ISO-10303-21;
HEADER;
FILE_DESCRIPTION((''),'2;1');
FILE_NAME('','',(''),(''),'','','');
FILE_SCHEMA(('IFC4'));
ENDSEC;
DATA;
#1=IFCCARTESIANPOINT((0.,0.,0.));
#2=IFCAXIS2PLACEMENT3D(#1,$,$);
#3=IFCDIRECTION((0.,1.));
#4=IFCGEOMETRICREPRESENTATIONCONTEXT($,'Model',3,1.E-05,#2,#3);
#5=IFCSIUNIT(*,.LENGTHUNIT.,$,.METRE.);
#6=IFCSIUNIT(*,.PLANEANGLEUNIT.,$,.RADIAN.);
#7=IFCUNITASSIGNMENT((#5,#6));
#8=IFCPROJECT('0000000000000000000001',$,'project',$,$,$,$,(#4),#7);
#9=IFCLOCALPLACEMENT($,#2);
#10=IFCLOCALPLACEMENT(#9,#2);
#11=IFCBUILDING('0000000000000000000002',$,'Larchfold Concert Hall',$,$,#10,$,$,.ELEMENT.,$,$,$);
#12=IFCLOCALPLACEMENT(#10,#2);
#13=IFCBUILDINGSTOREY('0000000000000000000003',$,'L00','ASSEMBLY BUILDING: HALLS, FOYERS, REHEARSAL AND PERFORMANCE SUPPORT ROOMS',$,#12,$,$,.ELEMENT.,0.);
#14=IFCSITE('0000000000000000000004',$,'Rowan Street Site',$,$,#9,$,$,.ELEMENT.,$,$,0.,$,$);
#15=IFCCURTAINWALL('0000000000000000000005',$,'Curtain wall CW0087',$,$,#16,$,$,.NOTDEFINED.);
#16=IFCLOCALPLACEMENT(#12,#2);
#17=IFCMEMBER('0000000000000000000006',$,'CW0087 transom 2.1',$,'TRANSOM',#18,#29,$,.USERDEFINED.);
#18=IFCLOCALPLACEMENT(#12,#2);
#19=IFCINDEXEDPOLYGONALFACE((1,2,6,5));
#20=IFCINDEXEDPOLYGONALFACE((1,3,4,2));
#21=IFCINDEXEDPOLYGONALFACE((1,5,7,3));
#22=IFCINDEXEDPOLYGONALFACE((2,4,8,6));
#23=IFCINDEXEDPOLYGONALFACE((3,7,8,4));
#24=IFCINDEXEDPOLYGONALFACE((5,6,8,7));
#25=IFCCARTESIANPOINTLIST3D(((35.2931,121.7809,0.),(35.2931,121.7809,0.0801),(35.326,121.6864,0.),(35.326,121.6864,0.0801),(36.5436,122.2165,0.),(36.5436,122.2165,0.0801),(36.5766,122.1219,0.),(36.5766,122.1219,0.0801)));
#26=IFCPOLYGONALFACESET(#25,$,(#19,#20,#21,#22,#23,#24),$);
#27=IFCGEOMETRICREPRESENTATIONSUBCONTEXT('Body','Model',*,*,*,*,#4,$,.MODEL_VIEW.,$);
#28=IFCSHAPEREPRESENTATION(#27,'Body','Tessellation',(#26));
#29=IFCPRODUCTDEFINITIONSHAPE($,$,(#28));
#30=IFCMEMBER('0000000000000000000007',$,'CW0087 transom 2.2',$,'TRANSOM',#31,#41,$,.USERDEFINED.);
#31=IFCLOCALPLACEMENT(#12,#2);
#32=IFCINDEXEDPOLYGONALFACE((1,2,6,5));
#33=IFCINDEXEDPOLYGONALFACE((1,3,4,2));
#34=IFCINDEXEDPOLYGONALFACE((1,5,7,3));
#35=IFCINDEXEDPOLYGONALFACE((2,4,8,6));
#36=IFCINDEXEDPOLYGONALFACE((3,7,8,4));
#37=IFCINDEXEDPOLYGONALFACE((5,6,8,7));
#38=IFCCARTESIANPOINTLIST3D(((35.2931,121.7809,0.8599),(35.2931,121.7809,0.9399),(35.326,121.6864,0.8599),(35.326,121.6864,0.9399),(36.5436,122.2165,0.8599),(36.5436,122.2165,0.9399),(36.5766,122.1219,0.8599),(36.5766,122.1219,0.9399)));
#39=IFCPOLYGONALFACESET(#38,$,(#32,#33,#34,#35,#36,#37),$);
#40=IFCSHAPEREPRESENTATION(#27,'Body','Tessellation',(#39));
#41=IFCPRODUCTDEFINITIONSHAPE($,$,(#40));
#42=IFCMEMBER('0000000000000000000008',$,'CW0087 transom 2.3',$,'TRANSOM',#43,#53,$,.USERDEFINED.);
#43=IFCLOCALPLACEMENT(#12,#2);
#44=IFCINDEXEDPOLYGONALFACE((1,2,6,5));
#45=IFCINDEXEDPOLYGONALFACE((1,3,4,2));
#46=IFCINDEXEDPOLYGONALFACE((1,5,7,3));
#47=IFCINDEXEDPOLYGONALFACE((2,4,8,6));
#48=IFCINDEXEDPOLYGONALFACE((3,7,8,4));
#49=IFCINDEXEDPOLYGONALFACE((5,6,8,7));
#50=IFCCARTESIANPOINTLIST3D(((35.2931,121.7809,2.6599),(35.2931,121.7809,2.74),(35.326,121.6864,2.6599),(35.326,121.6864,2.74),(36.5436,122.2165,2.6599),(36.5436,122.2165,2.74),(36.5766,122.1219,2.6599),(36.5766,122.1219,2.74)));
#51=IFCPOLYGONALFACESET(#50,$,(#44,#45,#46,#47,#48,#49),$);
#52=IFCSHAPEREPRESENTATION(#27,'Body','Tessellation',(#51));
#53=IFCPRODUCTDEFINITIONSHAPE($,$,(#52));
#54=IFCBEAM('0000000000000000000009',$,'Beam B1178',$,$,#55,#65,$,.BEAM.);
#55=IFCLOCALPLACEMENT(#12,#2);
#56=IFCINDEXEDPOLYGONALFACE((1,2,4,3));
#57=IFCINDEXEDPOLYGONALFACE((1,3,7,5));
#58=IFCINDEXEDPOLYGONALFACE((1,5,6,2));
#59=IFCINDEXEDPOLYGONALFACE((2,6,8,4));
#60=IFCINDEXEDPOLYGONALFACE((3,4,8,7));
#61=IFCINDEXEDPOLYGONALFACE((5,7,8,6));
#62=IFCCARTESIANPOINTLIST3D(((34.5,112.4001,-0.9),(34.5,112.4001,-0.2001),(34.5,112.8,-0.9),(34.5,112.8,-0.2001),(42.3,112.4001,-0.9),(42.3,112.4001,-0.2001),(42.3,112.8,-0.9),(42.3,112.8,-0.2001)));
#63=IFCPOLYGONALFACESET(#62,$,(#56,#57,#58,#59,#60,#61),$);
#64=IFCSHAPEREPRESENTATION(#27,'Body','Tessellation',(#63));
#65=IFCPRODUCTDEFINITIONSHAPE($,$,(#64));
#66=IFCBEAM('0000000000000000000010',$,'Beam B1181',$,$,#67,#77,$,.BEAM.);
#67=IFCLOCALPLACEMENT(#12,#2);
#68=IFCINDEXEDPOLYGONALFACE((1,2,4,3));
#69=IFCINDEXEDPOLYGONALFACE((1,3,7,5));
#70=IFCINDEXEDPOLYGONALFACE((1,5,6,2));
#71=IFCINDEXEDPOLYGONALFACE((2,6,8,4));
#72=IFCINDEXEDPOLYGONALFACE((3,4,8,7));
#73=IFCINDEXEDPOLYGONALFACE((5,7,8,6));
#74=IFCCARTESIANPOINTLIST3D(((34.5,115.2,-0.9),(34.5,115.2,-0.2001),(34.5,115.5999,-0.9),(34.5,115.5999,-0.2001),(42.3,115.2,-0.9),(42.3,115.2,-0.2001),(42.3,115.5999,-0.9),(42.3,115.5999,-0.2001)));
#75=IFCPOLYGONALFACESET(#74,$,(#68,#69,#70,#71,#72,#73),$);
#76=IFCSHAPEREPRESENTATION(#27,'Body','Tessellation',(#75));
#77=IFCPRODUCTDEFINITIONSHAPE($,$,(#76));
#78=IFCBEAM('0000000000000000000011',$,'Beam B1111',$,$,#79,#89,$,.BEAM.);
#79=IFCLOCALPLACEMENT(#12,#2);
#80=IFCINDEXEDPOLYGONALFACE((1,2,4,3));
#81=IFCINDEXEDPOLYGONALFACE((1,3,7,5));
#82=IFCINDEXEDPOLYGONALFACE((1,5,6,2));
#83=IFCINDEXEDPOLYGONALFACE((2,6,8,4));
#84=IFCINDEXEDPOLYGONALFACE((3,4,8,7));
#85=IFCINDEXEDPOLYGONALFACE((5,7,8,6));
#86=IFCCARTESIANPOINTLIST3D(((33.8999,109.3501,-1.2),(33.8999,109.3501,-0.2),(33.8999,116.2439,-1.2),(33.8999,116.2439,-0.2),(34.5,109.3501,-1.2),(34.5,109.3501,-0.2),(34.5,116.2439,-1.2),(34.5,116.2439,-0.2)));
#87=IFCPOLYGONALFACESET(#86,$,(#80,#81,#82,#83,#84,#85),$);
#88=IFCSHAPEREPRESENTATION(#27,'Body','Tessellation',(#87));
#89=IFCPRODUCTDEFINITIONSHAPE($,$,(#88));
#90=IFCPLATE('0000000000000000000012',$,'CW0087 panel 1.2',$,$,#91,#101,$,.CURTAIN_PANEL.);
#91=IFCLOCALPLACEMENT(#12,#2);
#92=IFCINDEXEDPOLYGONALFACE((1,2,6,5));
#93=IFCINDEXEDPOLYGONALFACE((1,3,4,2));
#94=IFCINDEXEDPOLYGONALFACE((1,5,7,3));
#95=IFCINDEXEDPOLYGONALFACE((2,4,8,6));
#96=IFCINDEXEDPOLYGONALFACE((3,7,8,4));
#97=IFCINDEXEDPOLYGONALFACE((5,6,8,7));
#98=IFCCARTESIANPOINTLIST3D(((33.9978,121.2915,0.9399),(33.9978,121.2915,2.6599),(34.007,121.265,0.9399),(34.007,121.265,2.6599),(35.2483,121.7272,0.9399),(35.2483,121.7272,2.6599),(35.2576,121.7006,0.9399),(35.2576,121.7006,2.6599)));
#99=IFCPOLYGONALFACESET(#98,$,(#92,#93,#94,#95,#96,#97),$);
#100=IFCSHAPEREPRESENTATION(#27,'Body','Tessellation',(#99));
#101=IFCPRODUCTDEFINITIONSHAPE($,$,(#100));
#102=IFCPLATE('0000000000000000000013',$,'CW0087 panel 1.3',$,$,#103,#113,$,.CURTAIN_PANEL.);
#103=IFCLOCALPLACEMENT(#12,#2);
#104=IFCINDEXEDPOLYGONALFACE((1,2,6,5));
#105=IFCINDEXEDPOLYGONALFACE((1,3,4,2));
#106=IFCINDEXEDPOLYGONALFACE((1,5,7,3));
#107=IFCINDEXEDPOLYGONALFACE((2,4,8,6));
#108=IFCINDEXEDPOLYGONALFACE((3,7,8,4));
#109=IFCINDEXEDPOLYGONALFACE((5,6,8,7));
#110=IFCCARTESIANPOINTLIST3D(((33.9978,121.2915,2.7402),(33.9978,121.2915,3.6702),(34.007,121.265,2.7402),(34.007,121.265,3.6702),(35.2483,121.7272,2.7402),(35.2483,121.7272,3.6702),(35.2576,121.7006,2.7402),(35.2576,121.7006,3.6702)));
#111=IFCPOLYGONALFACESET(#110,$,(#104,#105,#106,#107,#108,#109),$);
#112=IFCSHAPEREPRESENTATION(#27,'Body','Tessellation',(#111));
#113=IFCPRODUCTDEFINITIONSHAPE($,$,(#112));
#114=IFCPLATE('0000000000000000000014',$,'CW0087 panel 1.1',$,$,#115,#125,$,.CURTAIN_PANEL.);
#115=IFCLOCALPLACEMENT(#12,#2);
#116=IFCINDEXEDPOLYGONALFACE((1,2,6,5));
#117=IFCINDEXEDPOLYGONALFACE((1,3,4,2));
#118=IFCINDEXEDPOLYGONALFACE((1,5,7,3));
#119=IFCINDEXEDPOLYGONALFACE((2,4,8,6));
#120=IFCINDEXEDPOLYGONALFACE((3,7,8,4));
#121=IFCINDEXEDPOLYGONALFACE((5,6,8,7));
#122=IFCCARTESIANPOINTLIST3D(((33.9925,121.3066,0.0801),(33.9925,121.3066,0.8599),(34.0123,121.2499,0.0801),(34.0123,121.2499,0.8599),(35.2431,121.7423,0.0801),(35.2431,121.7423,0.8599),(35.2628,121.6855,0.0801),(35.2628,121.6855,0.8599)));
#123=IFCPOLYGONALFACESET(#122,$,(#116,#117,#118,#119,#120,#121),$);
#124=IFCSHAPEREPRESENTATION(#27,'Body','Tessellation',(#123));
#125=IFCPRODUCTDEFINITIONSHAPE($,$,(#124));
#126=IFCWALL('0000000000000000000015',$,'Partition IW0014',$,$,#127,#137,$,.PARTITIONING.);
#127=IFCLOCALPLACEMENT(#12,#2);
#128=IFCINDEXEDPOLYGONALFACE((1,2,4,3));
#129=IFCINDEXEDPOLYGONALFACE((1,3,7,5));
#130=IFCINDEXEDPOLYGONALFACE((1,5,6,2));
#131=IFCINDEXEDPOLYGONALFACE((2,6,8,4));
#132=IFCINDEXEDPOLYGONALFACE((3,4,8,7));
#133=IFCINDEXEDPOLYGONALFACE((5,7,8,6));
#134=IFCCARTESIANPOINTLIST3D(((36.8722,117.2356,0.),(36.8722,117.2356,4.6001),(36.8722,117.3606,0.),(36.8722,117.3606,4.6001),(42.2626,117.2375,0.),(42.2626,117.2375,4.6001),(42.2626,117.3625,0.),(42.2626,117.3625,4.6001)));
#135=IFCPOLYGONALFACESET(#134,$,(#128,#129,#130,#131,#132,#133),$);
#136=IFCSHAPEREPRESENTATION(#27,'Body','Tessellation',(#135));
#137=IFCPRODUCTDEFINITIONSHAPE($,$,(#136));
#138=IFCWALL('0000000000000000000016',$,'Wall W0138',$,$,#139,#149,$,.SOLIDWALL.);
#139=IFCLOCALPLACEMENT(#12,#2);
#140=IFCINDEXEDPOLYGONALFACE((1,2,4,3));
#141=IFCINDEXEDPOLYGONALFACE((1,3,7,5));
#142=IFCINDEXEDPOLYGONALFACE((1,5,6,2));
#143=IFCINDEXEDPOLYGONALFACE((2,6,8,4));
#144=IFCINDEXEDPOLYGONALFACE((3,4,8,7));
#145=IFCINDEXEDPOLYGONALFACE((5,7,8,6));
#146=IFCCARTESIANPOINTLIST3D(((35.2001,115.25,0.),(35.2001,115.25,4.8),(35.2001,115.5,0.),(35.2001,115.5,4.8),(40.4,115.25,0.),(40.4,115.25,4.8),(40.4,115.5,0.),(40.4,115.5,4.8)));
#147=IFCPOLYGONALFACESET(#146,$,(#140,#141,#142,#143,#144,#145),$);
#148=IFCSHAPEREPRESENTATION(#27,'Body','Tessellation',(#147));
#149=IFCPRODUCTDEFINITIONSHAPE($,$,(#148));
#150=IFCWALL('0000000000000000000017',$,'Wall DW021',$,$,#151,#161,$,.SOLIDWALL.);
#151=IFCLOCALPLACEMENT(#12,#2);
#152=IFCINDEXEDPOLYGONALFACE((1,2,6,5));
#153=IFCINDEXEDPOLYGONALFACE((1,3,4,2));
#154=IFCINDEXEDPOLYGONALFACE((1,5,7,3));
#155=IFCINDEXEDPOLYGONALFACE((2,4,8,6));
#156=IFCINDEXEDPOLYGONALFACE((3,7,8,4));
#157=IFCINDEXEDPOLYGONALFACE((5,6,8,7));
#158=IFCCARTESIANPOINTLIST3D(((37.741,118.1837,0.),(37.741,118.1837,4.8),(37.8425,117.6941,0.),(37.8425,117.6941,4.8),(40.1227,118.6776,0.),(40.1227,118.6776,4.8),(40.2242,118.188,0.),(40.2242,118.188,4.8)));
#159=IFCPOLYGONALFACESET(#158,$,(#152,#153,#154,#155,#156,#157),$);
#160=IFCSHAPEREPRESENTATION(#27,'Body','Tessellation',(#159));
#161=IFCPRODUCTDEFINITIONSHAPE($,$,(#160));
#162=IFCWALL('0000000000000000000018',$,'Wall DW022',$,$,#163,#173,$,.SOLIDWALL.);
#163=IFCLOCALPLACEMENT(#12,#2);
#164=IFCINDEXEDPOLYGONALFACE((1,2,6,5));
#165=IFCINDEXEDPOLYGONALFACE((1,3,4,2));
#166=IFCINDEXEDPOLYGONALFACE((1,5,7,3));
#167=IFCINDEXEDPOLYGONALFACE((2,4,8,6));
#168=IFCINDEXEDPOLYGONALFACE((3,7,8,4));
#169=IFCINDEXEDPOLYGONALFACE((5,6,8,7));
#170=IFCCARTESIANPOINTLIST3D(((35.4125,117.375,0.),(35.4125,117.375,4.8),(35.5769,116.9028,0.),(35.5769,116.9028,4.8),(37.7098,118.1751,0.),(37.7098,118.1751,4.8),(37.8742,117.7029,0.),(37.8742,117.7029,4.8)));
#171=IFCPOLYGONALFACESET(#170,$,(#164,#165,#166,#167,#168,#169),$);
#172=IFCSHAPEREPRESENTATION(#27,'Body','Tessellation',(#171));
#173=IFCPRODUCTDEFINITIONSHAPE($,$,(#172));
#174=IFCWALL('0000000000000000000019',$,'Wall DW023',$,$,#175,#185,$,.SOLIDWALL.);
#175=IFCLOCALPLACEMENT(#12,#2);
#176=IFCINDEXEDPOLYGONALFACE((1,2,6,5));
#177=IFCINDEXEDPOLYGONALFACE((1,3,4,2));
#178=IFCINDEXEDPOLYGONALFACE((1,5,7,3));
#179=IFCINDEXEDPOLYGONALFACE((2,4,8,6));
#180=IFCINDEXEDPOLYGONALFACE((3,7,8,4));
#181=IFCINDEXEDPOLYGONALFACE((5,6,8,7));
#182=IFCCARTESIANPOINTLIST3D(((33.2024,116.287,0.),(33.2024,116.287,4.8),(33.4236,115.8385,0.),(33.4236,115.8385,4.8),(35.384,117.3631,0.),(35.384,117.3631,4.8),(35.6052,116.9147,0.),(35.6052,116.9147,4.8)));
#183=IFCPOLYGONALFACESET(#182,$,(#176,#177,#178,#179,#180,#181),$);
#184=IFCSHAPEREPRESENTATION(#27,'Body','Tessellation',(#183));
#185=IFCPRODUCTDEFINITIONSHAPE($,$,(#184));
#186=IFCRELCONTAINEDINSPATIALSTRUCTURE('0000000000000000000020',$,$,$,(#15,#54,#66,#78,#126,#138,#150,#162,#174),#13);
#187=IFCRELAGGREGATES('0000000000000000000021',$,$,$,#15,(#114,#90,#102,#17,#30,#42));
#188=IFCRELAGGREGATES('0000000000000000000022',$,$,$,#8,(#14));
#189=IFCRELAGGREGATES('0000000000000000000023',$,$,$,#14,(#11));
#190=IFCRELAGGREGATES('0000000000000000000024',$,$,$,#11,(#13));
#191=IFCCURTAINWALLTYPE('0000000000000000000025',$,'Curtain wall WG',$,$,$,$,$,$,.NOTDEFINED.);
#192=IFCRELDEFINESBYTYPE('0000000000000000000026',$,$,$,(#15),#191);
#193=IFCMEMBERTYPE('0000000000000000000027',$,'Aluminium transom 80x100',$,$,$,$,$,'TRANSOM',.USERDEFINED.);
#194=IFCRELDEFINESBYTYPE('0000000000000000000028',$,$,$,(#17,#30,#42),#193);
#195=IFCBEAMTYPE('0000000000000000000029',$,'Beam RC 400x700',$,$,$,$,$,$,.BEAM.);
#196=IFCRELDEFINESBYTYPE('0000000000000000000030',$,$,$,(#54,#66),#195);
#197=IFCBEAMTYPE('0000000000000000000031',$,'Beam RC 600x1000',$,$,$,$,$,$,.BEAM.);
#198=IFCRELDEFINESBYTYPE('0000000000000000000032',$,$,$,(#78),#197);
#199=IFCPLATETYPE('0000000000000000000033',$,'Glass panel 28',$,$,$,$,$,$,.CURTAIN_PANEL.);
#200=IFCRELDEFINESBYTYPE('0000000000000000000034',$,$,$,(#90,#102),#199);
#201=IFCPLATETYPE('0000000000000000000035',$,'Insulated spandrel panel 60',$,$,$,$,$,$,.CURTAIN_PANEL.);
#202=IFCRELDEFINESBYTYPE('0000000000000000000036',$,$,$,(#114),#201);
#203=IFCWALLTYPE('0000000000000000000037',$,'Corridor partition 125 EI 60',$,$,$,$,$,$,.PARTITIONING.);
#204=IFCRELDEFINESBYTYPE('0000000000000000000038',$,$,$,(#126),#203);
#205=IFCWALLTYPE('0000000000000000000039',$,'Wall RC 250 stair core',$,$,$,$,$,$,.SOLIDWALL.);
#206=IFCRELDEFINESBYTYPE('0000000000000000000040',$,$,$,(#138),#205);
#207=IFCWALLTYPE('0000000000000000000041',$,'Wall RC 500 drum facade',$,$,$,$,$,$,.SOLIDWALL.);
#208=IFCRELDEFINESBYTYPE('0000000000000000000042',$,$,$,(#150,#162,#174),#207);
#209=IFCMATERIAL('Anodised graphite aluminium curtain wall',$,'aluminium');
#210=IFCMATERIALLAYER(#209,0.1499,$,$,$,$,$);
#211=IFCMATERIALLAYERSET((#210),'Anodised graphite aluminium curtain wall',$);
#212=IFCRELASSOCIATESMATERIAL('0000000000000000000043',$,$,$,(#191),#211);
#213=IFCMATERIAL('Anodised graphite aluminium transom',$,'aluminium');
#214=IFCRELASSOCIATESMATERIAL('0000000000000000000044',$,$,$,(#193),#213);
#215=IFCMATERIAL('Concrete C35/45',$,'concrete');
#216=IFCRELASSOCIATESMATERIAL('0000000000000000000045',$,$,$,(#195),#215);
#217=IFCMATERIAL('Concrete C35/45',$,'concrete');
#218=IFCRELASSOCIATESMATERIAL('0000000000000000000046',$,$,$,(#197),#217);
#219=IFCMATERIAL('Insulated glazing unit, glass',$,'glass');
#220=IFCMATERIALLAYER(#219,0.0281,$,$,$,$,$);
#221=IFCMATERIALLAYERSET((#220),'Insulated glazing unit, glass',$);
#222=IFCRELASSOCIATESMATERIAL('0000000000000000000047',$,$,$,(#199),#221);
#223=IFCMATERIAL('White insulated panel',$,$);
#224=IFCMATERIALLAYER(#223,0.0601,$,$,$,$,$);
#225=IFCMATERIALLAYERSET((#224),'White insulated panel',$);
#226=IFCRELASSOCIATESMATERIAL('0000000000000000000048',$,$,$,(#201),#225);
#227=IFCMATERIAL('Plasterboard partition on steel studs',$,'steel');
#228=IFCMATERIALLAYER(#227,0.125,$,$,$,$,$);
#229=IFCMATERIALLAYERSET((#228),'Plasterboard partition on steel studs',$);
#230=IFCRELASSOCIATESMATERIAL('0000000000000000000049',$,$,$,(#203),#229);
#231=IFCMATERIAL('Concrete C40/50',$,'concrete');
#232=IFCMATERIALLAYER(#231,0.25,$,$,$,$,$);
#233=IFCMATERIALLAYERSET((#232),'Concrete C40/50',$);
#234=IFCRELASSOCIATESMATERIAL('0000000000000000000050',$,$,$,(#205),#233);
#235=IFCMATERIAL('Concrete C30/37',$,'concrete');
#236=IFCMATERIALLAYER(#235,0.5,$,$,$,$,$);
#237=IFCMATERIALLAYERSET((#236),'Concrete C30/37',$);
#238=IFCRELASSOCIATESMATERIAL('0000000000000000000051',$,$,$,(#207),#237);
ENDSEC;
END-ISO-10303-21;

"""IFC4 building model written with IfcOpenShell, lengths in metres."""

from ifc_helpers import new_model, si_unit, direction, frame, frame_2d, origin, origin_2d, place, context, subcontext, project, spatial, rectangle, extrude, material, layer, layer_set, material_profile, profile_set, type_object, element, aggregate, save


model = new_model("IFC4")

# Units and contexts
model_context = context("Model", 3, precision=1e-05, world=origin(), true_north=direction((0.0, 1.0)))
body_context = subcontext(model_context, "Body", "Model", "MODEL_VIEW")
ifc_project = project(units=[si_unit("LENGTHUNIT", "METRE"), si_unit("PLANEANGLEUNIT", "RADIAN")], contexts=[model_context])

# Site, building, storey
site_placement = place(None, origin())
site = spatial("IfcSite", under=ifc_project, at=site_placement, Name="Rowan Street Site", CompositionType="ELEMENT", RefElevation=0.0)
building_placement = place(site_placement, origin())
building = spatial("IfcBuilding", under=site, at=building_placement, Name="Larchfold Concert Hall", CompositionType="ELEMENT")
storey_placement = place(building_placement, origin())
storey = spatial("IfcBuildingStorey", under=building, at=storey_placement, Name="L00", Description="ASSEMBLY BUILDING: HALLS, FOYERS, REHEARSAL AND PERFORMANCE SUPPORT ROOMS", CompositionType="ELEMENT", Elevation=0.0)

# Shared definitions
ifc_material_1 = material(Name="Anodised graphite aluminium curtain wall", Category="aluminium")
ifc_layer_1 = layer(ifc_material_1, 0.1499)
ifc_layer_set_1 = layer_set([ifc_layer_1], Name="Anodised graphite aluminium curtain wall")
curtain_wall_type = type_object("IfcCurtainWallType", Name="Curtain wall WG", PredefinedType="NOTDEFINED", material=ifc_layer_set_1)

# Curtain wall, members
curtain_wall_1_placement = place(storey_placement, origin())
curtain_wall_1 = element("IfcCurtainWall", 1, at=curtain_wall_1_placement, inside=storey, type_object=curtain_wall_type, Name="Curtain wall CW0087", PredefinedType="NOTDEFINED")
ifc_material_2 = material(Name="Anodised graphite aluminium transom", Category="aluminium")
ifc_material_profile_1 = material_profile(ifc_material_2, rectangle(XDim=0.1001, YDim=0.0801, at=origin_2d()))
ifc_profile_set_1 = profile_set([ifc_material_profile_1], Name="Anodised graphite aluminium transom")
member_type_1 = type_object("IfcMemberType", Name="Aluminium transom 80x100", ElementType="TRANSOM", PredefinedType="USERDEFINED", material=ifc_profile_set_1)
member_1_placement = place(storey_placement, frame((35.3096, 121.7336, 0.04), z_axis=(0.944357, 0.328921, 0.0), x_axis=(-0.328921, 0.944357, 0.0)))
member_1 = element("IfcMember", 2, at=member_1_placement, type_object=member_type_1, Name="CW0087 transom 2.1", ObjectType="TRANSOM", PredefinedType="USERDEFINED", context=body_context, shape_type="SweptSolid", body=[
    extrude(rectangle(XDim=0.1001, YDim=0.0801, at=origin_2d()), origin(), (0.0, 0.0, 1.0), 1.3242),
])
member_2_placement = place(storey_placement, frame((35.3096, 121.7336, 0.8999), z_axis=(0.944357, 0.328921, 0.0), x_axis=(-0.328921, 0.944357, 0.0)))
member_2 = element("IfcMember", 3, at=member_2_placement, type_object=member_type_1, Name="CW0087 transom 2.2", ObjectType="TRANSOM", PredefinedType="USERDEFINED", context=body_context, shape_type="SweptSolid", body=[
    extrude(rectangle(XDim=0.1001, YDim=0.0801, at=origin_2d()), origin(), (0.0, 0.0, 1.0), 1.3242),
])
member_3_placement = place(storey_placement, frame((35.3096, 121.7336, 2.7), z_axis=(0.944357, 0.328921, 0.0), x_axis=(-0.328921, 0.944357, 0.0)))
member_3 = element("IfcMember", 4, at=member_3_placement, type_object=member_type_1, Name="CW0087 transom 2.3", ObjectType="TRANSOM", PredefinedType="USERDEFINED", context=body_context, shape_type="SweptSolid", body=[
    extrude(rectangle(XDim=0.1001, YDim=0.0801, at=origin_2d()), origin(), (0.0, 0.0, 1.0), 1.3242),
])

# Beams
ifc_material_3 = material(Name="Concrete C35/45", Category="concrete")
ifc_material_profile_2 = material_profile(ifc_material_3, rectangle(XDim=0.3999, YDim=0.7, at=origin_2d()))
ifc_profile_set_2 = profile_set([ifc_material_profile_2], Name="Concrete C35/45")
beam_type_1 = type_object("IfcBeamType", Name="Beam RC 400x700", PredefinedType="BEAM", material=ifc_profile_set_2)
for number, where, z_axis, x_axis, name in (
    (5, (34.5, 112.6001, -0.55), (1.0, 0.0, 0.0), (0.0, 1.0, 0.0), "Beam B1178"),
    (6, (34.5, 115.3999, -0.55), (1.0, 0.0, 0.0), (0.0, 1.0, 0.0), "Beam B1181"),
):
    element("IfcBeam", number, at=place(storey_placement, frame(where, z_axis=z_axis, x_axis=x_axis)), inside=storey, type_object=beam_type_1, Name=name, PredefinedType="BEAM", context=body_context, shape_type="SweptSolid", body=[
        extrude(rectangle(XDim=0.3999, YDim=0.7, at=origin_2d()), origin(), (0.0, 0.0, 1.0), 7.8),
    ])
ifc_material_4 = material(Name="Concrete C35/45", Category="concrete")
ifc_material_profile_3 = material_profile(ifc_material_4, rectangle(XDim=0.6001, YDim=1.0, at=origin_2d()))
ifc_profile_set_3 = profile_set([ifc_material_profile_3], Name="Concrete C35/45")
beam_type_2 = type_object("IfcBeamType", Name="Beam RC 600x1000", PredefinedType="BEAM", material=ifc_profile_set_3)
beam_placement = place(storey_placement, frame((34.2, 109.3501, -0.7), z_axis=(0.0, 1.0, 0.0), x_axis=(-1.0, 0.0, 0.0)))
element("IfcBeam", 7, at=beam_placement, inside=storey, type_object=beam_type_2, Name="Beam B1111", PredefinedType="BEAM", context=body_context, shape_type="SweptSolid", body=[
    extrude(rectangle(XDim=0.6001, YDim=1.0, at=origin_2d()), origin(), (0.0, 0.0, 1.0), 6.8938),
])

# Plates
ifc_material_5 = material(Name="Insulated glazing unit, glass", Category="glass")
ifc_layer_2 = layer(ifc_material_5, 0.0281)
ifc_layer_set_2 = layer_set([ifc_layer_2], Name="Insulated glazing unit, glass")
plate_type_1 = type_object("IfcPlateType", Name="Glass panel 28", PredefinedType="CURTAIN_PANEL", material=ifc_layer_set_2)
plate_1_placement = place(storey_placement, frame((34.6277, 121.4961, 0.9399), z_axis=(0.0, 0.0, 1.0), x_axis=(0.944342, 0.328966, 0.0)))
plate_1 = element("IfcPlate", 8, at=plate_1_placement, type_object=plate_type_1, Name="CW0087 panel 1.2", PredefinedType="CURTAIN_PANEL", context=body_context, shape_type="SweptSolid", body=[
    extrude(rectangle(XDim=1.3242, YDim=0.0281, at=origin_2d()), origin(), (0.0, 0.0, 1.0), 1.72),
])
plate_2_placement = place(storey_placement, frame((34.6277, 121.4961, 2.7402), z_axis=(0.0, 0.0, 1.0), x_axis=(0.944342, 0.328966, 0.0)))
plate_2 = element("IfcPlate", 9, at=plate_2_placement, type_object=plate_type_1, Name="CW0087 panel 1.3", PredefinedType="CURTAIN_PANEL", context=body_context, shape_type="SweptSolid", body=[
    extrude(rectangle(XDim=1.3242, YDim=0.0281, at=origin_2d()), origin(), (0.0, 0.0, 1.0), 0.9299),
])
ifc_material_6 = material(Name="White insulated panel")
ifc_layer_3 = layer(ifc_material_6, 0.0601)
ifc_layer_set_3 = layer_set([ifc_layer_3], Name="White insulated panel")
plate_type_2 = type_object("IfcPlateType", Name="Insulated spandrel panel 60", PredefinedType="CURTAIN_PANEL", material=ifc_layer_set_3)
plate_3_placement = place(storey_placement, frame((34.6277, 121.4961, 0.0801), z_axis=(0.0, 0.0, 1.0), x_axis=(0.944342, 0.328966, 0.0)))
plate_3 = element("IfcPlate", 10, at=plate_3_placement, type_object=plate_type_2, Name="CW0087 panel 1.1", PredefinedType="CURTAIN_PANEL", context=body_context, shape_type="SweptSolid", body=[
    extrude(rectangle(XDim=1.3242, YDim=0.0601, at=origin_2d()), origin(), (0.0, 0.0, 1.0), 0.7798),
])
aggregate(curtain_wall_1, [plate_3, plate_1, plate_2, member_1, member_2, member_3])

# Walls
ifc_material_7 = material(Name="Plasterboard partition on steel studs", Category="steel")
ifc_layer_4 = layer(ifc_material_7, 0.125)
ifc_layer_set_4 = layer_set([ifc_layer_4], Name="Plasterboard partition on steel studs")
wall_type_1 = type_object("IfcWallType", Name="Corridor partition 125 EI 60", PredefinedType="PARTITIONING", material=ifc_layer_set_4)
wall_1_placement = place(storey_placement, frame((36.8721, 117.2981, 0.0), z_axis=(0.0, 0.0, 1.0), x_axis=(1.0, 0.000362, 0.0)))
element("IfcWall", 11, at=wall_1_placement, inside=storey, type_object=wall_type_1, Name="Partition IW0014", PredefinedType="PARTITIONING", context=body_context, shape_type="SweptSolid", body=[
    extrude(rectangle(XDim=5.3904, YDim=0.125, at=frame_2d((2.6953, 0.0))), origin(), (0.0, 0.0, 1.0), 4.6001),
])
ifc_material_8 = material(Name="Concrete C40/50", Category="concrete")
ifc_layer_5 = layer(ifc_material_8, 0.25)
ifc_layer_set_5 = layer_set([ifc_layer_5], Name="Concrete C40/50")
wall_type_2 = type_object("IfcWallType", Name="Wall RC 250 stair core", PredefinedType="SOLIDWALL", material=ifc_layer_set_5)
wall_2_placement = place(storey_placement, frame((35.2, 115.375, 0.0), z_axis=(0.0, 0.0, 1.0), x_axis=(1.0, 0.0, 0.0)))
element("IfcWall", 12, at=wall_2_placement, inside=storey, type_object=wall_type_2, Name="Wall W0138", PredefinedType="SOLIDWALL", context=body_context, shape_type="SweptSolid", body=[
    extrude(rectangle(XDim=5.2, YDim=0.25, at=frame_2d((2.6001, 0.0))), origin(), (0.0, 0.0, 1.0), 4.8),
])
ifc_material_9 = material(Name="Concrete C30/37", Category="concrete")
ifc_layer_6 = layer(ifc_material_9, 0.5)
ifc_layer_set_6 = layer_set([ifc_layer_6], Name="Concrete C30/37")
wall_type_3 = type_object("IfcWallType", Name="Wall RC 500 drum facade", PredefinedType="SOLIDWALL", material=ifc_layer_set_6)
wall_3_placement = place(storey_placement, frame((40.1736, 118.4329, 0.0), z_axis=(0.0, 0.0, 1.0), x_axis=(-0.979166, -0.20306, 0.0)))
element("IfcWall", 13, at=wall_3_placement, inside=storey, type_object=wall_type_3, Name="Wall DW021", PredefinedType="SOLIDWALL", context=body_context, shape_type="SweptSolid", body=[
    extrude(rectangle(XDim=2.4324, YDim=0.5, at=frame_2d((1.2163, 0.0))), origin(), (0.0, 0.0, 1.0), 4.8),
])
for number, where, z_axis, x_axis, name in (
    (14, (37.792, 117.939, 0.0), (0.0, 0.0, 1.0), (-0.944374, -0.328875, 0.0), "Wall DW022"),
    (15, (35.4946, 117.1389, 0.0), (0.0, 0.0, 1.0), (-0.896823, -0.44239, 0.0), "Wall DW023"),
):
    element("IfcWall", number, at=place(storey_placement, frame(where, z_axis=z_axis, x_axis=x_axis)), inside=storey, type_object=wall_type_3, Name=name, PredefinedType="SOLIDWALL", context=body_context, shape_type="SweptSolid", body=[
        extrude(rectangle(XDim=2.4326, YDim=0.5, at=frame_2d((1.2163, 0.0))), origin(), (0.0, 0.0, 1.0), 4.8),
    ])

save(model, "model.ifc")
